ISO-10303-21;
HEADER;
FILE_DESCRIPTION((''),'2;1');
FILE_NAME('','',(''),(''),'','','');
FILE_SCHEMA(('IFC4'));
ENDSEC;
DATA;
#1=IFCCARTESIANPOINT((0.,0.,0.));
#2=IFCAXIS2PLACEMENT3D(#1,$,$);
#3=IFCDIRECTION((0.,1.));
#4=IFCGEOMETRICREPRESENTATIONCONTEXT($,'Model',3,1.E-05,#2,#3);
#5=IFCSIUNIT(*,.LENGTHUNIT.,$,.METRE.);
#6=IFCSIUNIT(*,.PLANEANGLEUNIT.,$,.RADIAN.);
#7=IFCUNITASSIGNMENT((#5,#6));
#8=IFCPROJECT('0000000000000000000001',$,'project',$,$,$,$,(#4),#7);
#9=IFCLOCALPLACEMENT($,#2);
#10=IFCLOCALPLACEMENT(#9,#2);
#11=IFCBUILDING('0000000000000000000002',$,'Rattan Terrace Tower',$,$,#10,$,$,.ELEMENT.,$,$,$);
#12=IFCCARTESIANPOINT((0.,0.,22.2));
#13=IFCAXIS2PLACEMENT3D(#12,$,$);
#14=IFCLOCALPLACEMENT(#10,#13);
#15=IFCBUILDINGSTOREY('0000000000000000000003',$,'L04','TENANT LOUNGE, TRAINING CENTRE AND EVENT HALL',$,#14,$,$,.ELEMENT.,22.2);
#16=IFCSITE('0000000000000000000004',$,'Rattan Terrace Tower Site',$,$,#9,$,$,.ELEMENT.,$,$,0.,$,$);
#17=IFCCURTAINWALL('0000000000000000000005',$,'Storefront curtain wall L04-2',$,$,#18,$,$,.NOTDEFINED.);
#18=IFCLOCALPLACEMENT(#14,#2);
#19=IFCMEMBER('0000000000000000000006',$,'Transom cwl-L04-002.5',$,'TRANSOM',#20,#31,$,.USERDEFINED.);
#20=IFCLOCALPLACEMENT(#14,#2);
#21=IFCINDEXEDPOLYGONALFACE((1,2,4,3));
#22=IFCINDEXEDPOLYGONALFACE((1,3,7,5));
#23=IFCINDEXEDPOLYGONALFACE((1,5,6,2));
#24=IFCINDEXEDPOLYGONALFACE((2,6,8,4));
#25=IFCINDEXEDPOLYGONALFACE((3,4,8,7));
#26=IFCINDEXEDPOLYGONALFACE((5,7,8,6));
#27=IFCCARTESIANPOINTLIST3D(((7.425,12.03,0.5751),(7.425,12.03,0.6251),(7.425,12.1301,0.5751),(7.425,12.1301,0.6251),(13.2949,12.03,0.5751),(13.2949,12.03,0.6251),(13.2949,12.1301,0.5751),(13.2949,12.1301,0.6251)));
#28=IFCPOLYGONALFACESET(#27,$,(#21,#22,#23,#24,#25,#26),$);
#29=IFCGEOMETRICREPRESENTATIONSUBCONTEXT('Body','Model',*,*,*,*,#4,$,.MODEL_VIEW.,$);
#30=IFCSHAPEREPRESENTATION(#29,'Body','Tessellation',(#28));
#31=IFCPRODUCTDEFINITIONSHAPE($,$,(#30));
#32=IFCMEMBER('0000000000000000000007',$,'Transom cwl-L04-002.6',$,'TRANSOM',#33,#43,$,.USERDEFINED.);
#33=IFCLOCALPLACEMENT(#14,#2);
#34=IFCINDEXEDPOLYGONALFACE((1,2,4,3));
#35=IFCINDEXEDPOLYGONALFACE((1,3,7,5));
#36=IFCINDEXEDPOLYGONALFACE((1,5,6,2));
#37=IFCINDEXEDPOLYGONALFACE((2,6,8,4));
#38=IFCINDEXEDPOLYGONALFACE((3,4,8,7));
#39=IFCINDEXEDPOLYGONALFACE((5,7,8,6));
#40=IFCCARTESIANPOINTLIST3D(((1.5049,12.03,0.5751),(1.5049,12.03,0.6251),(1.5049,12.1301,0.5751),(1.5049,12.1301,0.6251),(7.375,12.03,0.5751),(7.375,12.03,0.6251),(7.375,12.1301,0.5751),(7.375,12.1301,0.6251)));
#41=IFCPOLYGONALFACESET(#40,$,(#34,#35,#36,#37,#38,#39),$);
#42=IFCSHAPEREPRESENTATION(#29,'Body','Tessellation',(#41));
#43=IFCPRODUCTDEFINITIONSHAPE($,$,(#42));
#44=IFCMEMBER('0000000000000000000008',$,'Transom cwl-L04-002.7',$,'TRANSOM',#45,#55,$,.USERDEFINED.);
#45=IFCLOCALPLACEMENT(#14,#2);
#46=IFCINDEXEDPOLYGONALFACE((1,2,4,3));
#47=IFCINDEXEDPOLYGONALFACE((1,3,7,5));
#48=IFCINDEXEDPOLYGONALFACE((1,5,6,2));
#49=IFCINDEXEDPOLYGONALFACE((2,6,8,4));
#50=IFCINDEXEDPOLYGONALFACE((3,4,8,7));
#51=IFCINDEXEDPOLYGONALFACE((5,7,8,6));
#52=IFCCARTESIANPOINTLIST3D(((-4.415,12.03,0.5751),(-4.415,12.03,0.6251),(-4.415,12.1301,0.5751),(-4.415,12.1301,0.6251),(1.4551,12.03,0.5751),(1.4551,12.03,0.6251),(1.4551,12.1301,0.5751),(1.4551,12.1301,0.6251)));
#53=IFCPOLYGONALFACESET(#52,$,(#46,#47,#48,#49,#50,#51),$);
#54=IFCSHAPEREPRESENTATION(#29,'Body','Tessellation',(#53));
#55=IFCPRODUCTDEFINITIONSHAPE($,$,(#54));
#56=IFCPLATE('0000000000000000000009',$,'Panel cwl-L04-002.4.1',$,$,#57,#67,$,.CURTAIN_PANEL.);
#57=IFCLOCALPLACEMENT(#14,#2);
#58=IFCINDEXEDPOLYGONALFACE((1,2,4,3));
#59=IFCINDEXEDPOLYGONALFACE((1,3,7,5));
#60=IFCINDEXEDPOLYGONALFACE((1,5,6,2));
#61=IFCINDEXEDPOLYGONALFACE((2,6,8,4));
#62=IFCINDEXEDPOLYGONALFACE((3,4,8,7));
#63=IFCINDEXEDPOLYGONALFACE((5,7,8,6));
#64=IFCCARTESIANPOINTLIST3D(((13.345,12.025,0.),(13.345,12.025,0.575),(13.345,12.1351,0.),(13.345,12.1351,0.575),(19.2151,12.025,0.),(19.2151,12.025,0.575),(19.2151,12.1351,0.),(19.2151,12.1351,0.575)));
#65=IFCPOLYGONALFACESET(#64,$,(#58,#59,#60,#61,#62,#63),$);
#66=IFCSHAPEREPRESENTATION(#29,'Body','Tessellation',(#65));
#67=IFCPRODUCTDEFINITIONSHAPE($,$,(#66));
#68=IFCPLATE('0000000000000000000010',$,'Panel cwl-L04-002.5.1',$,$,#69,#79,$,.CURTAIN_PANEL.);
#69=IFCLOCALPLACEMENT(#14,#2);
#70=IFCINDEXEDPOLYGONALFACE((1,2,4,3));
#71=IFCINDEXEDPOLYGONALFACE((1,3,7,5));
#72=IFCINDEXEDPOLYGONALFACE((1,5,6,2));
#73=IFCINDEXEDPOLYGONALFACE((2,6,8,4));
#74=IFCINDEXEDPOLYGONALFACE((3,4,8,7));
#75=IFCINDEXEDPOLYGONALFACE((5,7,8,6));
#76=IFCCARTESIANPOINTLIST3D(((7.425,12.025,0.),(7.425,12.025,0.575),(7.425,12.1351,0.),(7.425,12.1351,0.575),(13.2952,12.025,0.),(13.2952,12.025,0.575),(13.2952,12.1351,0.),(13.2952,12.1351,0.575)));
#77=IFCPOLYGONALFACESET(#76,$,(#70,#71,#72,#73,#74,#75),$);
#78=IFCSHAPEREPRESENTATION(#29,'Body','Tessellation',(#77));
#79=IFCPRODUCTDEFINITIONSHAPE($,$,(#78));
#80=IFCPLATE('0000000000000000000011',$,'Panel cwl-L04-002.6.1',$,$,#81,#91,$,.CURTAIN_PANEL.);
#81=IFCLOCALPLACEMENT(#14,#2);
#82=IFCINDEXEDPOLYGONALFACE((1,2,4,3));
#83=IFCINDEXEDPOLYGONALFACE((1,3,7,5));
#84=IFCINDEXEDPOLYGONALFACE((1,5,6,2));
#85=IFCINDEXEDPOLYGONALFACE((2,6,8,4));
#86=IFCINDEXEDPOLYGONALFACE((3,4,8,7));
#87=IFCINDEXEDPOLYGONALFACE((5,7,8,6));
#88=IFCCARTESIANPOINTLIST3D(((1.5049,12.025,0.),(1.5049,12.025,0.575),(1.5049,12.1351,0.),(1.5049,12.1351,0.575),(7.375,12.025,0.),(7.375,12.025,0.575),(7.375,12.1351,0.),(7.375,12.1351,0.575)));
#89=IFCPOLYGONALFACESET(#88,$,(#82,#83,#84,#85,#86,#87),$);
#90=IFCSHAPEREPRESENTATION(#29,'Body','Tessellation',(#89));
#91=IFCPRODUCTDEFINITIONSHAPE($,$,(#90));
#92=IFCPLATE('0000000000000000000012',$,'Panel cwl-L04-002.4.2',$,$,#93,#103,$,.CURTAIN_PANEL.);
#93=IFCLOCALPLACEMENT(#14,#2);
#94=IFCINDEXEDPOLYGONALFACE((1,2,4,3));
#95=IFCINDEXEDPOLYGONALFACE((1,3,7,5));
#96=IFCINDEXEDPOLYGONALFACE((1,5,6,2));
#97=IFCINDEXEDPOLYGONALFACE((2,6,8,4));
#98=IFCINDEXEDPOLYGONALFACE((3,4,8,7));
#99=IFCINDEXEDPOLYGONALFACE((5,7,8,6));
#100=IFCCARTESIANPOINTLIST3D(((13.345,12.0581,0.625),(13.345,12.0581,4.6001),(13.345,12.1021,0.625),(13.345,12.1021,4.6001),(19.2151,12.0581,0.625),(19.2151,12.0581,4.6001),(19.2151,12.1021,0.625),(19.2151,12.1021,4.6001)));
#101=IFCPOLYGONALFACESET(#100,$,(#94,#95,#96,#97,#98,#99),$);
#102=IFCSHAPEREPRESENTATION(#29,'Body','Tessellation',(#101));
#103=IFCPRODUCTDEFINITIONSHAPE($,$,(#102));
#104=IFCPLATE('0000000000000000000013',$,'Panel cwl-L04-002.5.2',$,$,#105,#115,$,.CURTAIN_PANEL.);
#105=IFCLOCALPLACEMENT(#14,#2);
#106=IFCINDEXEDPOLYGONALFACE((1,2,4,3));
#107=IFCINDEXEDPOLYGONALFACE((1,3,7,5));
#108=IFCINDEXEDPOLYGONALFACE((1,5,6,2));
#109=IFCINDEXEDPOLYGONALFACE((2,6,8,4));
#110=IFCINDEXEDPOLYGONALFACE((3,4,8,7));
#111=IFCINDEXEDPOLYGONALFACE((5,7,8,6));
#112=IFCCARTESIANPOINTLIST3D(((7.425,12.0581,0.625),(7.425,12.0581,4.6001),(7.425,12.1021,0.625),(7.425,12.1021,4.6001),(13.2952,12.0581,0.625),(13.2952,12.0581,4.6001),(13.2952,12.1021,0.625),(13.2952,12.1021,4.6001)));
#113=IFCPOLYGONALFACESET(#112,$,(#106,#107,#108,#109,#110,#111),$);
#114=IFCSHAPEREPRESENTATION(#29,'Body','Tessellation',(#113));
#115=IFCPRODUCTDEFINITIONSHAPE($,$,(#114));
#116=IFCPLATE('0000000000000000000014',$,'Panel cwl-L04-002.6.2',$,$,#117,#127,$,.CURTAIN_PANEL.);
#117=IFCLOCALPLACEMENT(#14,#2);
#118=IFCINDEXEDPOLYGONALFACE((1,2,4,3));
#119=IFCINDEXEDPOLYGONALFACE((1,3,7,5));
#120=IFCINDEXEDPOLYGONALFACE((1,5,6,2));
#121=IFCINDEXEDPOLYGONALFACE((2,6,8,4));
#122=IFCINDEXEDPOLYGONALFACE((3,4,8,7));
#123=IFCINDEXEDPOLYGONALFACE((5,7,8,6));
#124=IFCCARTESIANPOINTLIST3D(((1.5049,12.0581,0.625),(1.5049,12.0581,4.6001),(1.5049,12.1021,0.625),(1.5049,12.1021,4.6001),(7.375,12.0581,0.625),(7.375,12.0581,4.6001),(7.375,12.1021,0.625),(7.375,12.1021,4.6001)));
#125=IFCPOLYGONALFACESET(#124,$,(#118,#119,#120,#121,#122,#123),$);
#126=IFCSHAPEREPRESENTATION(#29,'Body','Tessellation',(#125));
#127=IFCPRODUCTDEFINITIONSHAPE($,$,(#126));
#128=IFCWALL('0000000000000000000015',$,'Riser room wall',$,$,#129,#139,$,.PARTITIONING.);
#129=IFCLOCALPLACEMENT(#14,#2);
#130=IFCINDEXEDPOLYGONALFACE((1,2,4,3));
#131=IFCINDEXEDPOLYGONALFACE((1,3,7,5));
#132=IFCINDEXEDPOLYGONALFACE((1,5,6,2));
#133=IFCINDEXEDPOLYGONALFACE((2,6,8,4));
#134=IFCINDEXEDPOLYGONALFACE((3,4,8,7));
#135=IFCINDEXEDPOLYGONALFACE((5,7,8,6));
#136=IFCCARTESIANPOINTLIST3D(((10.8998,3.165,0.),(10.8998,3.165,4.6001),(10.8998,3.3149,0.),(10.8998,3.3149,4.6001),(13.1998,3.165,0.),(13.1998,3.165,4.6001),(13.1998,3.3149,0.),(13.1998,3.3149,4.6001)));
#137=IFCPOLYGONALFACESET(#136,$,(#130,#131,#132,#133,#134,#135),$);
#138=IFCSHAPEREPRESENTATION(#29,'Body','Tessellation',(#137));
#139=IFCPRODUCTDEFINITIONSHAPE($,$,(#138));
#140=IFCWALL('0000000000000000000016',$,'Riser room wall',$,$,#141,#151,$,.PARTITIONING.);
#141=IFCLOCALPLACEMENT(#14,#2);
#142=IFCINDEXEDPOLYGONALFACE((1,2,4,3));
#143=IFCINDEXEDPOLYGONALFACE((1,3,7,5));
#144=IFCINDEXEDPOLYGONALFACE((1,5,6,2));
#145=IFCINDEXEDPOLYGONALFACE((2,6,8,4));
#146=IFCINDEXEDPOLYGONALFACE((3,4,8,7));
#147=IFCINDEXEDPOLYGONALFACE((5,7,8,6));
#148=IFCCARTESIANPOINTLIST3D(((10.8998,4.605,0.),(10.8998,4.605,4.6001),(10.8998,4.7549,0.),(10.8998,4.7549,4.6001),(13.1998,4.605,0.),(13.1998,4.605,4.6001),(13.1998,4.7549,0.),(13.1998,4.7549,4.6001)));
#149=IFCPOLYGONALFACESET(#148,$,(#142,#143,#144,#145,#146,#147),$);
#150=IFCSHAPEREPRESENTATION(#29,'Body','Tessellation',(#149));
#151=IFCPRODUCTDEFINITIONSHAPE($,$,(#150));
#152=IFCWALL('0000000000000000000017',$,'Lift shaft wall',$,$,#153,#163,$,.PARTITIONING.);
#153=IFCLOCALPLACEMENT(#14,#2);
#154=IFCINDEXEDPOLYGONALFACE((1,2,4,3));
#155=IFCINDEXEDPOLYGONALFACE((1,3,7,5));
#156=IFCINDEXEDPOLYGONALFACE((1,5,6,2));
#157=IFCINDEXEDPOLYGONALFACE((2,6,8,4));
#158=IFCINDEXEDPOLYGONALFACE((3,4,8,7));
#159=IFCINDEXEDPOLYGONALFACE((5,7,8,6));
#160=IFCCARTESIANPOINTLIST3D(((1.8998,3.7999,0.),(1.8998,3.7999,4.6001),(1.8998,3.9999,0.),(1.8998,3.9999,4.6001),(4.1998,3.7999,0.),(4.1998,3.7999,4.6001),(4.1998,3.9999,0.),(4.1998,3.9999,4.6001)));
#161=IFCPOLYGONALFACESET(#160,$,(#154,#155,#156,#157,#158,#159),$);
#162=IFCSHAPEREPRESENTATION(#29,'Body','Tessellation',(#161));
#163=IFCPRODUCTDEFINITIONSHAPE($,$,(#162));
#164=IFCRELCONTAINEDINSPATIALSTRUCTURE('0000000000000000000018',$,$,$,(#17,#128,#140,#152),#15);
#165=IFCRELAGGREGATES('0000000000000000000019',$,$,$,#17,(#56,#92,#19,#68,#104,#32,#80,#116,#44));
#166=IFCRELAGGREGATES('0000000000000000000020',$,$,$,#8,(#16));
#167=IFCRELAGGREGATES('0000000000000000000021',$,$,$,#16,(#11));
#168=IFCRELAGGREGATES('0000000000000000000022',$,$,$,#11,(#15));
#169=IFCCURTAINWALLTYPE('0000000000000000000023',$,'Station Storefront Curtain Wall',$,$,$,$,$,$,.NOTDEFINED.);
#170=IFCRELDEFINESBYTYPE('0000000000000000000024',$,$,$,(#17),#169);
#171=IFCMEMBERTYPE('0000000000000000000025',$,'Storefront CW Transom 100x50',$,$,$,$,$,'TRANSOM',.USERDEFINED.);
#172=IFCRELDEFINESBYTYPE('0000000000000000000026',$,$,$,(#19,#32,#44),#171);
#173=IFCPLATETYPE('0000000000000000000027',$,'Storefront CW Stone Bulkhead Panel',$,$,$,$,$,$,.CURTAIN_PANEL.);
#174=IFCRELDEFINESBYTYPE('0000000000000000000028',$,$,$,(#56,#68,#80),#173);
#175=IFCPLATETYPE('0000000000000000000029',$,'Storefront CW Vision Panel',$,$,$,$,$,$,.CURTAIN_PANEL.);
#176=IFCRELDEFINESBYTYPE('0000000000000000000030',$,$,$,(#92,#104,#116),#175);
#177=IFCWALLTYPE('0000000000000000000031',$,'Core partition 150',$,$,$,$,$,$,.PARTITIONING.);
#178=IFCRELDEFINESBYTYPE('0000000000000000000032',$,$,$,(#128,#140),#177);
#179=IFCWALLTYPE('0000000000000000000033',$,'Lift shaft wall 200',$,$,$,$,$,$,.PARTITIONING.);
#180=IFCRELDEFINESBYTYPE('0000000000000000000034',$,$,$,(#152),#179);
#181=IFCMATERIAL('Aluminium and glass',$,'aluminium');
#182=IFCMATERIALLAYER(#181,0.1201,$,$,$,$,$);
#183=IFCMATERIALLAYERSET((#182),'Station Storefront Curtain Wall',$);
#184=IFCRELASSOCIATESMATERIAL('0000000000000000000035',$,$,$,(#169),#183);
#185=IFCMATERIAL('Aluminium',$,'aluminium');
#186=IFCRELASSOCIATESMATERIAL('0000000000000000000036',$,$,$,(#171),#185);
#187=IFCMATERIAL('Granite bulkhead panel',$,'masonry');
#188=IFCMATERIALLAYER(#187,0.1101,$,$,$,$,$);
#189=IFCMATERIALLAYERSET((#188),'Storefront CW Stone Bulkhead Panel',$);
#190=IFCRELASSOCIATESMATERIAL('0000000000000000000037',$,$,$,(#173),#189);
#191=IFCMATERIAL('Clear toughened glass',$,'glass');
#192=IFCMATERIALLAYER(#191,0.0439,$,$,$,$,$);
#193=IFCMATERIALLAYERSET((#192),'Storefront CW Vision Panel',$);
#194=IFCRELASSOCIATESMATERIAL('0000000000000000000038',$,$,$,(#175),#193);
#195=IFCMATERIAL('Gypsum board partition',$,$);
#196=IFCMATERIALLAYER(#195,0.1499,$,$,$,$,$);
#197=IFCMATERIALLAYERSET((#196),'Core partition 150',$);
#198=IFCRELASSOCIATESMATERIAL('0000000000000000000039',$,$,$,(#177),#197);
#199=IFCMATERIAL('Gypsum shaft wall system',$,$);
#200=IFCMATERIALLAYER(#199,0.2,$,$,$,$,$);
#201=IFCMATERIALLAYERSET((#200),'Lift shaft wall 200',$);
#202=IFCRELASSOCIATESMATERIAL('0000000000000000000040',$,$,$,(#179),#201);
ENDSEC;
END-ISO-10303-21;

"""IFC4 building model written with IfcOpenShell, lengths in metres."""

from ifc_helpers import new_model, si_unit, direction, frame, frame_2d, origin, origin_2d, place, context, subcontext, project, spatial, rectangle, extrude, material, layer, layer_set, material_profile, profile_set, type_object, element, aggregate, save


model = new_model("IFC4")

# Units and contexts
model_context = context("Model", 3, precision=1e-05, world=origin(), true_north=direction((0.0, 1.0)))
body_context = subcontext(model_context, "Body", "Model", "MODEL_VIEW")
ifc_project = project(units=[si_unit("LENGTHUNIT", "METRE"), si_unit("PLANEANGLEUNIT", "RADIAN")], contexts=[model_context])

# Site, building, storey
site_placement = place(None, origin())
site = spatial("IfcSite", under=ifc_project, at=site_placement, Name="Rattan Terrace Tower Site", CompositionType="ELEMENT", RefElevation=0.0)
building_placement = place(site_placement, origin())
building = spatial("IfcBuilding", under=site, at=building_placement, Name="Rattan Terrace Tower", CompositionType="ELEMENT")
storey_placement = place(building_placement, frame((0.0, 0.0, 22.2)))
storey = spatial("IfcBuildingStorey", under=building, at=storey_placement, Name="L04", Description="TENANT LOUNGE, TRAINING CENTRE AND EVENT HALL", CompositionType="ELEMENT", Elevation=22.2)

# Curtain wall, members, plates
ifc_material_1 = material(Name="Aluminium and glass", Category="aluminium")
ifc_layer_1 = layer(ifc_material_1, 0.1201)
ifc_layer_set_1 = layer_set([ifc_layer_1], Name="Station Storefront Curtain Wall")
curtain_wall_type = type_object("IfcCurtainWallType", Name="Station Storefront Curtain Wall", PredefinedType="NOTDEFINED", material=ifc_layer_set_1)
curtain_wall_placement = place(storey_placement, origin())
curtain_wall = element("IfcCurtainWall", 1, at=curtain_wall_placement, inside=storey, type_object=curtain_wall_type, Name="Storefront curtain wall L04-2", PredefinedType="NOTDEFINED")
ifc_material_2 = material(Name="Aluminium", Category="aluminium")
ifc_material_profile_1 = material_profile(ifc_material_2, rectangle(XDim=0.1001, YDim=0.05, at=origin_2d()), Name="Aluminium 100x50")
ifc_profile_set_1 = profile_set([ifc_material_profile_1], Name="Aluminium")
member_type_1 = type_object("IfcMemberType", Name="Storefront CW Transom 100x50", ElementType="TRANSOM", PredefinedType="USERDEFINED", material=ifc_profile_set_1)
member_1_placement = place(storey_placement, frame((13.2949, 12.0801, 0.6001), z_axis=(-1.0, 0.0, 0.0), x_axis=(0.0, -1.0, 0.0)))
member_1 = element("IfcMember", 2, at=member_1_placement, type_object=member_type_1, Name="Transom cwl-L04-002.5", ObjectType="TRANSOM", PredefinedType="USERDEFINED", context=body_context, shape_type="SweptSolid", body=[
    extrude(rectangle(XDim=0.1001, YDim=0.05, at=origin_2d()), origin(), (0.0, 0.0, 1.0), 5.8699),
])
member_2_placement = place(storey_placement, frame((7.375, 12.0801, 0.6001), z_axis=(-1.0, 0.0, 0.0), x_axis=(0.0, -1.0, 0.0)))
member_2 = element("IfcMember", 3, at=member_2_placement, type_object=member_type_1, Name="Transom cwl-L04-002.6", ObjectType="TRANSOM", PredefinedType="USERDEFINED", context=body_context, shape_type="SweptSolid", body=[
    extrude(rectangle(XDim=0.1001, YDim=0.05, at=origin_2d()), origin(), (0.0, 0.0, 1.0), 5.8701),
])
member_3_placement = place(storey_placement, frame((1.4551, 12.0801, 0.6001), z_axis=(-1.0, 0.0, 0.0), x_axis=(0.0, -1.0, 0.0)))
member_3 = element("IfcMember", 4, at=member_3_placement, type_object=member_type_1, Name="Transom cwl-L04-002.7", ObjectType="TRANSOM", PredefinedType="USERDEFINED", context=body_context, shape_type="SweptSolid", body=[
    extrude(rectangle(XDim=0.1001, YDim=0.05, at=origin_2d()), origin(), (0.0, 0.0, 1.0), 5.8701),
])
ifc_material_3 = material(Name="Granite bulkhead panel", Category="masonry")
ifc_layer_2 = layer(ifc_material_3, 0.1101)
ifc_layer_set_2 = layer_set([ifc_layer_2], Name="Storefront CW Stone Bulkhead Panel")
plate_type_1 = type_object("IfcPlateType", Name="Storefront CW Stone Bulkhead Panel", PredefinedType="CURTAIN_PANEL", material=ifc_layer_set_2)
plate_1_placement = place(storey_placement, frame((16.28, 12.0801, 0.0), z_axis=(0.0, 0.0, 1.0), x_axis=(-1.0, 0.0, 0.0)))
plate_1 = element("IfcPlate", 5, at=plate_1_placement, type_object=plate_type_1, Name="Panel cwl-L04-002.4.1", PredefinedType="CURTAIN_PANEL", context=body_context, shape_type="SweptSolid", body=[
    extrude(rectangle(XDim=5.8701, YDim=0.1101, at=origin_2d()), origin(), (0.0, 0.0, 1.0), 0.575),
])
plate_2_placement = place(storey_placement, frame((10.3601, 12.0801, 0.0), z_axis=(0.0, 0.0, 1.0), x_axis=(-1.0, 0.0, 0.0)))
plate_2 = element("IfcPlate", 6, at=plate_2_placement, type_object=plate_type_1, Name="Panel cwl-L04-002.5.1", PredefinedType="CURTAIN_PANEL", context=body_context, shape_type="SweptSolid", body=[
    extrude(rectangle(XDim=5.8701, YDim=0.1101, at=origin_2d()), origin(), (0.0, 0.0, 1.0), 0.575),
])
plate_3_placement = place(storey_placement, frame((4.4399, 12.0801, 0.0), z_axis=(0.0, 0.0, 1.0), x_axis=(-1.0, 0.0, 0.0)))
plate_3 = element("IfcPlate", 7, at=plate_3_placement, type_object=plate_type_1, Name="Panel cwl-L04-002.6.1", PredefinedType="CURTAIN_PANEL", context=body_context, shape_type="SweptSolid", body=[
    extrude(rectangle(XDim=5.8701, YDim=0.1101, at=origin_2d()), origin(), (0.0, 0.0, 1.0), 0.575),
])
ifc_material_4 = material(Name="Clear toughened glass", Category="glass")
ifc_layer_3 = layer(ifc_material_4, 0.0439)
ifc_layer_set_3 = layer_set([ifc_layer_3], Name="Storefront CW Vision Panel")
plate_type_2 = type_object("IfcPlateType", Name="Storefront CW Vision Panel", PredefinedType="CURTAIN_PANEL", material=ifc_layer_set_3)
plate_4_placement = place(storey_placement, frame((16.28, 12.0801, 0.625), z_axis=(0.0, 0.0, 1.0), x_axis=(-1.0, 0.0, 0.0)))
plate_4 = element("IfcPlate", 8, at=plate_4_placement, type_object=plate_type_2, Name="Panel cwl-L04-002.4.2", PredefinedType="CURTAIN_PANEL", context=body_context, shape_type="SweptSolid", body=[
    extrude(rectangle(XDim=5.8701, YDim=0.0439, at=origin_2d()), origin(), (0.0, 0.0, 1.0), 3.9751),
])
plate_5_placement = place(storey_placement, frame((10.3601, 12.0801, 0.625), z_axis=(0.0, 0.0, 1.0), x_axis=(-1.0, 0.0, 0.0)))
plate_5 = element("IfcPlate", 9, at=plate_5_placement, type_object=plate_type_2, Name="Panel cwl-L04-002.5.2", PredefinedType="CURTAIN_PANEL", context=body_context, shape_type="SweptSolid", body=[
    extrude(rectangle(XDim=5.8701, YDim=0.0439, at=origin_2d()), origin(), (0.0, 0.0, 1.0), 3.9751),
])
plate_6_placement = place(storey_placement, frame((4.4399, 12.0801, 0.625), z_axis=(0.0, 0.0, 1.0), x_axis=(-1.0, 0.0, 0.0)))
plate_6 = element("IfcPlate", 10, at=plate_6_placement, type_object=plate_type_2, Name="Panel cwl-L04-002.6.2", PredefinedType="CURTAIN_PANEL", context=body_context, shape_type="SweptSolid", body=[
    extrude(rectangle(XDim=5.8701, YDim=0.0439, at=origin_2d()), origin(), (0.0, 0.0, 1.0), 3.9751),
])
aggregate(curtain_wall, [plate_1, plate_4, member_1, plate_2, plate_5, member_2, plate_3, plate_6, member_3])

# Walls
ifc_material_5 = material(Name="Gypsum board partition")
ifc_layer_4 = layer(ifc_material_5, 0.1499)
ifc_layer_set_4 = layer_set([ifc_layer_4], Name="Core partition 150")
wall_type_1 = type_object("IfcWallType", Name="Core partition 150", PredefinedType="PARTITIONING", material=ifc_layer_set_4)
for number, where, z_axis, x_axis, name in (
    (11, (10.8999, 3.24, 0.0), (0.0, 0.0, 1.0), (1.0, 0.0, 0.0), "Riser room wall"),
    (12, (10.8999, 4.6799, 0.0), (0.0, 0.0, 1.0), (1.0, 0.0, 0.0), "Riser room wall"),
):
    element("IfcWall", number, at=place(storey_placement, frame(where, z_axis=z_axis, x_axis=x_axis)), inside=storey, type_object=wall_type_1, Name=name, PredefinedType="PARTITIONING", context=body_context, shape_type="SweptSolid", body=[
        extrude(rectangle(XDim=2.3, YDim=0.1499, at=frame_2d((1.1499, 0.0))), origin(), (0.0, 0.0, 1.0), 4.6001),
    ])
ifc_material_6 = material(Name="Gypsum shaft wall system")
ifc_layer_5 = layer(ifc_material_6, 0.2)
ifc_layer_set_5 = layer_set([ifc_layer_5], Name="Lift shaft wall 200")
wall_type_2 = type_object("IfcWallType", Name="Lift shaft wall 200", PredefinedType="PARTITIONING", material=ifc_layer_set_5)
wall_placement = place(storey_placement, frame((1.8999, 3.8999, 0.0), z_axis=(0.0, 0.0, 1.0), x_axis=(1.0, 0.0, 0.0)))
element("IfcWall", 13, at=wall_placement, inside=storey, type_object=wall_type_2, Name="Lift shaft wall", PredefinedType="PARTITIONING", context=body_context, shape_type="SweptSolid", body=[
    extrude(rectangle(XDim=2.3, YDim=0.2, at=frame_2d((1.1499, 0.0))), origin(), (0.0, 0.0, 1.0), 4.6001),
])

save(model, "model.ifc")
